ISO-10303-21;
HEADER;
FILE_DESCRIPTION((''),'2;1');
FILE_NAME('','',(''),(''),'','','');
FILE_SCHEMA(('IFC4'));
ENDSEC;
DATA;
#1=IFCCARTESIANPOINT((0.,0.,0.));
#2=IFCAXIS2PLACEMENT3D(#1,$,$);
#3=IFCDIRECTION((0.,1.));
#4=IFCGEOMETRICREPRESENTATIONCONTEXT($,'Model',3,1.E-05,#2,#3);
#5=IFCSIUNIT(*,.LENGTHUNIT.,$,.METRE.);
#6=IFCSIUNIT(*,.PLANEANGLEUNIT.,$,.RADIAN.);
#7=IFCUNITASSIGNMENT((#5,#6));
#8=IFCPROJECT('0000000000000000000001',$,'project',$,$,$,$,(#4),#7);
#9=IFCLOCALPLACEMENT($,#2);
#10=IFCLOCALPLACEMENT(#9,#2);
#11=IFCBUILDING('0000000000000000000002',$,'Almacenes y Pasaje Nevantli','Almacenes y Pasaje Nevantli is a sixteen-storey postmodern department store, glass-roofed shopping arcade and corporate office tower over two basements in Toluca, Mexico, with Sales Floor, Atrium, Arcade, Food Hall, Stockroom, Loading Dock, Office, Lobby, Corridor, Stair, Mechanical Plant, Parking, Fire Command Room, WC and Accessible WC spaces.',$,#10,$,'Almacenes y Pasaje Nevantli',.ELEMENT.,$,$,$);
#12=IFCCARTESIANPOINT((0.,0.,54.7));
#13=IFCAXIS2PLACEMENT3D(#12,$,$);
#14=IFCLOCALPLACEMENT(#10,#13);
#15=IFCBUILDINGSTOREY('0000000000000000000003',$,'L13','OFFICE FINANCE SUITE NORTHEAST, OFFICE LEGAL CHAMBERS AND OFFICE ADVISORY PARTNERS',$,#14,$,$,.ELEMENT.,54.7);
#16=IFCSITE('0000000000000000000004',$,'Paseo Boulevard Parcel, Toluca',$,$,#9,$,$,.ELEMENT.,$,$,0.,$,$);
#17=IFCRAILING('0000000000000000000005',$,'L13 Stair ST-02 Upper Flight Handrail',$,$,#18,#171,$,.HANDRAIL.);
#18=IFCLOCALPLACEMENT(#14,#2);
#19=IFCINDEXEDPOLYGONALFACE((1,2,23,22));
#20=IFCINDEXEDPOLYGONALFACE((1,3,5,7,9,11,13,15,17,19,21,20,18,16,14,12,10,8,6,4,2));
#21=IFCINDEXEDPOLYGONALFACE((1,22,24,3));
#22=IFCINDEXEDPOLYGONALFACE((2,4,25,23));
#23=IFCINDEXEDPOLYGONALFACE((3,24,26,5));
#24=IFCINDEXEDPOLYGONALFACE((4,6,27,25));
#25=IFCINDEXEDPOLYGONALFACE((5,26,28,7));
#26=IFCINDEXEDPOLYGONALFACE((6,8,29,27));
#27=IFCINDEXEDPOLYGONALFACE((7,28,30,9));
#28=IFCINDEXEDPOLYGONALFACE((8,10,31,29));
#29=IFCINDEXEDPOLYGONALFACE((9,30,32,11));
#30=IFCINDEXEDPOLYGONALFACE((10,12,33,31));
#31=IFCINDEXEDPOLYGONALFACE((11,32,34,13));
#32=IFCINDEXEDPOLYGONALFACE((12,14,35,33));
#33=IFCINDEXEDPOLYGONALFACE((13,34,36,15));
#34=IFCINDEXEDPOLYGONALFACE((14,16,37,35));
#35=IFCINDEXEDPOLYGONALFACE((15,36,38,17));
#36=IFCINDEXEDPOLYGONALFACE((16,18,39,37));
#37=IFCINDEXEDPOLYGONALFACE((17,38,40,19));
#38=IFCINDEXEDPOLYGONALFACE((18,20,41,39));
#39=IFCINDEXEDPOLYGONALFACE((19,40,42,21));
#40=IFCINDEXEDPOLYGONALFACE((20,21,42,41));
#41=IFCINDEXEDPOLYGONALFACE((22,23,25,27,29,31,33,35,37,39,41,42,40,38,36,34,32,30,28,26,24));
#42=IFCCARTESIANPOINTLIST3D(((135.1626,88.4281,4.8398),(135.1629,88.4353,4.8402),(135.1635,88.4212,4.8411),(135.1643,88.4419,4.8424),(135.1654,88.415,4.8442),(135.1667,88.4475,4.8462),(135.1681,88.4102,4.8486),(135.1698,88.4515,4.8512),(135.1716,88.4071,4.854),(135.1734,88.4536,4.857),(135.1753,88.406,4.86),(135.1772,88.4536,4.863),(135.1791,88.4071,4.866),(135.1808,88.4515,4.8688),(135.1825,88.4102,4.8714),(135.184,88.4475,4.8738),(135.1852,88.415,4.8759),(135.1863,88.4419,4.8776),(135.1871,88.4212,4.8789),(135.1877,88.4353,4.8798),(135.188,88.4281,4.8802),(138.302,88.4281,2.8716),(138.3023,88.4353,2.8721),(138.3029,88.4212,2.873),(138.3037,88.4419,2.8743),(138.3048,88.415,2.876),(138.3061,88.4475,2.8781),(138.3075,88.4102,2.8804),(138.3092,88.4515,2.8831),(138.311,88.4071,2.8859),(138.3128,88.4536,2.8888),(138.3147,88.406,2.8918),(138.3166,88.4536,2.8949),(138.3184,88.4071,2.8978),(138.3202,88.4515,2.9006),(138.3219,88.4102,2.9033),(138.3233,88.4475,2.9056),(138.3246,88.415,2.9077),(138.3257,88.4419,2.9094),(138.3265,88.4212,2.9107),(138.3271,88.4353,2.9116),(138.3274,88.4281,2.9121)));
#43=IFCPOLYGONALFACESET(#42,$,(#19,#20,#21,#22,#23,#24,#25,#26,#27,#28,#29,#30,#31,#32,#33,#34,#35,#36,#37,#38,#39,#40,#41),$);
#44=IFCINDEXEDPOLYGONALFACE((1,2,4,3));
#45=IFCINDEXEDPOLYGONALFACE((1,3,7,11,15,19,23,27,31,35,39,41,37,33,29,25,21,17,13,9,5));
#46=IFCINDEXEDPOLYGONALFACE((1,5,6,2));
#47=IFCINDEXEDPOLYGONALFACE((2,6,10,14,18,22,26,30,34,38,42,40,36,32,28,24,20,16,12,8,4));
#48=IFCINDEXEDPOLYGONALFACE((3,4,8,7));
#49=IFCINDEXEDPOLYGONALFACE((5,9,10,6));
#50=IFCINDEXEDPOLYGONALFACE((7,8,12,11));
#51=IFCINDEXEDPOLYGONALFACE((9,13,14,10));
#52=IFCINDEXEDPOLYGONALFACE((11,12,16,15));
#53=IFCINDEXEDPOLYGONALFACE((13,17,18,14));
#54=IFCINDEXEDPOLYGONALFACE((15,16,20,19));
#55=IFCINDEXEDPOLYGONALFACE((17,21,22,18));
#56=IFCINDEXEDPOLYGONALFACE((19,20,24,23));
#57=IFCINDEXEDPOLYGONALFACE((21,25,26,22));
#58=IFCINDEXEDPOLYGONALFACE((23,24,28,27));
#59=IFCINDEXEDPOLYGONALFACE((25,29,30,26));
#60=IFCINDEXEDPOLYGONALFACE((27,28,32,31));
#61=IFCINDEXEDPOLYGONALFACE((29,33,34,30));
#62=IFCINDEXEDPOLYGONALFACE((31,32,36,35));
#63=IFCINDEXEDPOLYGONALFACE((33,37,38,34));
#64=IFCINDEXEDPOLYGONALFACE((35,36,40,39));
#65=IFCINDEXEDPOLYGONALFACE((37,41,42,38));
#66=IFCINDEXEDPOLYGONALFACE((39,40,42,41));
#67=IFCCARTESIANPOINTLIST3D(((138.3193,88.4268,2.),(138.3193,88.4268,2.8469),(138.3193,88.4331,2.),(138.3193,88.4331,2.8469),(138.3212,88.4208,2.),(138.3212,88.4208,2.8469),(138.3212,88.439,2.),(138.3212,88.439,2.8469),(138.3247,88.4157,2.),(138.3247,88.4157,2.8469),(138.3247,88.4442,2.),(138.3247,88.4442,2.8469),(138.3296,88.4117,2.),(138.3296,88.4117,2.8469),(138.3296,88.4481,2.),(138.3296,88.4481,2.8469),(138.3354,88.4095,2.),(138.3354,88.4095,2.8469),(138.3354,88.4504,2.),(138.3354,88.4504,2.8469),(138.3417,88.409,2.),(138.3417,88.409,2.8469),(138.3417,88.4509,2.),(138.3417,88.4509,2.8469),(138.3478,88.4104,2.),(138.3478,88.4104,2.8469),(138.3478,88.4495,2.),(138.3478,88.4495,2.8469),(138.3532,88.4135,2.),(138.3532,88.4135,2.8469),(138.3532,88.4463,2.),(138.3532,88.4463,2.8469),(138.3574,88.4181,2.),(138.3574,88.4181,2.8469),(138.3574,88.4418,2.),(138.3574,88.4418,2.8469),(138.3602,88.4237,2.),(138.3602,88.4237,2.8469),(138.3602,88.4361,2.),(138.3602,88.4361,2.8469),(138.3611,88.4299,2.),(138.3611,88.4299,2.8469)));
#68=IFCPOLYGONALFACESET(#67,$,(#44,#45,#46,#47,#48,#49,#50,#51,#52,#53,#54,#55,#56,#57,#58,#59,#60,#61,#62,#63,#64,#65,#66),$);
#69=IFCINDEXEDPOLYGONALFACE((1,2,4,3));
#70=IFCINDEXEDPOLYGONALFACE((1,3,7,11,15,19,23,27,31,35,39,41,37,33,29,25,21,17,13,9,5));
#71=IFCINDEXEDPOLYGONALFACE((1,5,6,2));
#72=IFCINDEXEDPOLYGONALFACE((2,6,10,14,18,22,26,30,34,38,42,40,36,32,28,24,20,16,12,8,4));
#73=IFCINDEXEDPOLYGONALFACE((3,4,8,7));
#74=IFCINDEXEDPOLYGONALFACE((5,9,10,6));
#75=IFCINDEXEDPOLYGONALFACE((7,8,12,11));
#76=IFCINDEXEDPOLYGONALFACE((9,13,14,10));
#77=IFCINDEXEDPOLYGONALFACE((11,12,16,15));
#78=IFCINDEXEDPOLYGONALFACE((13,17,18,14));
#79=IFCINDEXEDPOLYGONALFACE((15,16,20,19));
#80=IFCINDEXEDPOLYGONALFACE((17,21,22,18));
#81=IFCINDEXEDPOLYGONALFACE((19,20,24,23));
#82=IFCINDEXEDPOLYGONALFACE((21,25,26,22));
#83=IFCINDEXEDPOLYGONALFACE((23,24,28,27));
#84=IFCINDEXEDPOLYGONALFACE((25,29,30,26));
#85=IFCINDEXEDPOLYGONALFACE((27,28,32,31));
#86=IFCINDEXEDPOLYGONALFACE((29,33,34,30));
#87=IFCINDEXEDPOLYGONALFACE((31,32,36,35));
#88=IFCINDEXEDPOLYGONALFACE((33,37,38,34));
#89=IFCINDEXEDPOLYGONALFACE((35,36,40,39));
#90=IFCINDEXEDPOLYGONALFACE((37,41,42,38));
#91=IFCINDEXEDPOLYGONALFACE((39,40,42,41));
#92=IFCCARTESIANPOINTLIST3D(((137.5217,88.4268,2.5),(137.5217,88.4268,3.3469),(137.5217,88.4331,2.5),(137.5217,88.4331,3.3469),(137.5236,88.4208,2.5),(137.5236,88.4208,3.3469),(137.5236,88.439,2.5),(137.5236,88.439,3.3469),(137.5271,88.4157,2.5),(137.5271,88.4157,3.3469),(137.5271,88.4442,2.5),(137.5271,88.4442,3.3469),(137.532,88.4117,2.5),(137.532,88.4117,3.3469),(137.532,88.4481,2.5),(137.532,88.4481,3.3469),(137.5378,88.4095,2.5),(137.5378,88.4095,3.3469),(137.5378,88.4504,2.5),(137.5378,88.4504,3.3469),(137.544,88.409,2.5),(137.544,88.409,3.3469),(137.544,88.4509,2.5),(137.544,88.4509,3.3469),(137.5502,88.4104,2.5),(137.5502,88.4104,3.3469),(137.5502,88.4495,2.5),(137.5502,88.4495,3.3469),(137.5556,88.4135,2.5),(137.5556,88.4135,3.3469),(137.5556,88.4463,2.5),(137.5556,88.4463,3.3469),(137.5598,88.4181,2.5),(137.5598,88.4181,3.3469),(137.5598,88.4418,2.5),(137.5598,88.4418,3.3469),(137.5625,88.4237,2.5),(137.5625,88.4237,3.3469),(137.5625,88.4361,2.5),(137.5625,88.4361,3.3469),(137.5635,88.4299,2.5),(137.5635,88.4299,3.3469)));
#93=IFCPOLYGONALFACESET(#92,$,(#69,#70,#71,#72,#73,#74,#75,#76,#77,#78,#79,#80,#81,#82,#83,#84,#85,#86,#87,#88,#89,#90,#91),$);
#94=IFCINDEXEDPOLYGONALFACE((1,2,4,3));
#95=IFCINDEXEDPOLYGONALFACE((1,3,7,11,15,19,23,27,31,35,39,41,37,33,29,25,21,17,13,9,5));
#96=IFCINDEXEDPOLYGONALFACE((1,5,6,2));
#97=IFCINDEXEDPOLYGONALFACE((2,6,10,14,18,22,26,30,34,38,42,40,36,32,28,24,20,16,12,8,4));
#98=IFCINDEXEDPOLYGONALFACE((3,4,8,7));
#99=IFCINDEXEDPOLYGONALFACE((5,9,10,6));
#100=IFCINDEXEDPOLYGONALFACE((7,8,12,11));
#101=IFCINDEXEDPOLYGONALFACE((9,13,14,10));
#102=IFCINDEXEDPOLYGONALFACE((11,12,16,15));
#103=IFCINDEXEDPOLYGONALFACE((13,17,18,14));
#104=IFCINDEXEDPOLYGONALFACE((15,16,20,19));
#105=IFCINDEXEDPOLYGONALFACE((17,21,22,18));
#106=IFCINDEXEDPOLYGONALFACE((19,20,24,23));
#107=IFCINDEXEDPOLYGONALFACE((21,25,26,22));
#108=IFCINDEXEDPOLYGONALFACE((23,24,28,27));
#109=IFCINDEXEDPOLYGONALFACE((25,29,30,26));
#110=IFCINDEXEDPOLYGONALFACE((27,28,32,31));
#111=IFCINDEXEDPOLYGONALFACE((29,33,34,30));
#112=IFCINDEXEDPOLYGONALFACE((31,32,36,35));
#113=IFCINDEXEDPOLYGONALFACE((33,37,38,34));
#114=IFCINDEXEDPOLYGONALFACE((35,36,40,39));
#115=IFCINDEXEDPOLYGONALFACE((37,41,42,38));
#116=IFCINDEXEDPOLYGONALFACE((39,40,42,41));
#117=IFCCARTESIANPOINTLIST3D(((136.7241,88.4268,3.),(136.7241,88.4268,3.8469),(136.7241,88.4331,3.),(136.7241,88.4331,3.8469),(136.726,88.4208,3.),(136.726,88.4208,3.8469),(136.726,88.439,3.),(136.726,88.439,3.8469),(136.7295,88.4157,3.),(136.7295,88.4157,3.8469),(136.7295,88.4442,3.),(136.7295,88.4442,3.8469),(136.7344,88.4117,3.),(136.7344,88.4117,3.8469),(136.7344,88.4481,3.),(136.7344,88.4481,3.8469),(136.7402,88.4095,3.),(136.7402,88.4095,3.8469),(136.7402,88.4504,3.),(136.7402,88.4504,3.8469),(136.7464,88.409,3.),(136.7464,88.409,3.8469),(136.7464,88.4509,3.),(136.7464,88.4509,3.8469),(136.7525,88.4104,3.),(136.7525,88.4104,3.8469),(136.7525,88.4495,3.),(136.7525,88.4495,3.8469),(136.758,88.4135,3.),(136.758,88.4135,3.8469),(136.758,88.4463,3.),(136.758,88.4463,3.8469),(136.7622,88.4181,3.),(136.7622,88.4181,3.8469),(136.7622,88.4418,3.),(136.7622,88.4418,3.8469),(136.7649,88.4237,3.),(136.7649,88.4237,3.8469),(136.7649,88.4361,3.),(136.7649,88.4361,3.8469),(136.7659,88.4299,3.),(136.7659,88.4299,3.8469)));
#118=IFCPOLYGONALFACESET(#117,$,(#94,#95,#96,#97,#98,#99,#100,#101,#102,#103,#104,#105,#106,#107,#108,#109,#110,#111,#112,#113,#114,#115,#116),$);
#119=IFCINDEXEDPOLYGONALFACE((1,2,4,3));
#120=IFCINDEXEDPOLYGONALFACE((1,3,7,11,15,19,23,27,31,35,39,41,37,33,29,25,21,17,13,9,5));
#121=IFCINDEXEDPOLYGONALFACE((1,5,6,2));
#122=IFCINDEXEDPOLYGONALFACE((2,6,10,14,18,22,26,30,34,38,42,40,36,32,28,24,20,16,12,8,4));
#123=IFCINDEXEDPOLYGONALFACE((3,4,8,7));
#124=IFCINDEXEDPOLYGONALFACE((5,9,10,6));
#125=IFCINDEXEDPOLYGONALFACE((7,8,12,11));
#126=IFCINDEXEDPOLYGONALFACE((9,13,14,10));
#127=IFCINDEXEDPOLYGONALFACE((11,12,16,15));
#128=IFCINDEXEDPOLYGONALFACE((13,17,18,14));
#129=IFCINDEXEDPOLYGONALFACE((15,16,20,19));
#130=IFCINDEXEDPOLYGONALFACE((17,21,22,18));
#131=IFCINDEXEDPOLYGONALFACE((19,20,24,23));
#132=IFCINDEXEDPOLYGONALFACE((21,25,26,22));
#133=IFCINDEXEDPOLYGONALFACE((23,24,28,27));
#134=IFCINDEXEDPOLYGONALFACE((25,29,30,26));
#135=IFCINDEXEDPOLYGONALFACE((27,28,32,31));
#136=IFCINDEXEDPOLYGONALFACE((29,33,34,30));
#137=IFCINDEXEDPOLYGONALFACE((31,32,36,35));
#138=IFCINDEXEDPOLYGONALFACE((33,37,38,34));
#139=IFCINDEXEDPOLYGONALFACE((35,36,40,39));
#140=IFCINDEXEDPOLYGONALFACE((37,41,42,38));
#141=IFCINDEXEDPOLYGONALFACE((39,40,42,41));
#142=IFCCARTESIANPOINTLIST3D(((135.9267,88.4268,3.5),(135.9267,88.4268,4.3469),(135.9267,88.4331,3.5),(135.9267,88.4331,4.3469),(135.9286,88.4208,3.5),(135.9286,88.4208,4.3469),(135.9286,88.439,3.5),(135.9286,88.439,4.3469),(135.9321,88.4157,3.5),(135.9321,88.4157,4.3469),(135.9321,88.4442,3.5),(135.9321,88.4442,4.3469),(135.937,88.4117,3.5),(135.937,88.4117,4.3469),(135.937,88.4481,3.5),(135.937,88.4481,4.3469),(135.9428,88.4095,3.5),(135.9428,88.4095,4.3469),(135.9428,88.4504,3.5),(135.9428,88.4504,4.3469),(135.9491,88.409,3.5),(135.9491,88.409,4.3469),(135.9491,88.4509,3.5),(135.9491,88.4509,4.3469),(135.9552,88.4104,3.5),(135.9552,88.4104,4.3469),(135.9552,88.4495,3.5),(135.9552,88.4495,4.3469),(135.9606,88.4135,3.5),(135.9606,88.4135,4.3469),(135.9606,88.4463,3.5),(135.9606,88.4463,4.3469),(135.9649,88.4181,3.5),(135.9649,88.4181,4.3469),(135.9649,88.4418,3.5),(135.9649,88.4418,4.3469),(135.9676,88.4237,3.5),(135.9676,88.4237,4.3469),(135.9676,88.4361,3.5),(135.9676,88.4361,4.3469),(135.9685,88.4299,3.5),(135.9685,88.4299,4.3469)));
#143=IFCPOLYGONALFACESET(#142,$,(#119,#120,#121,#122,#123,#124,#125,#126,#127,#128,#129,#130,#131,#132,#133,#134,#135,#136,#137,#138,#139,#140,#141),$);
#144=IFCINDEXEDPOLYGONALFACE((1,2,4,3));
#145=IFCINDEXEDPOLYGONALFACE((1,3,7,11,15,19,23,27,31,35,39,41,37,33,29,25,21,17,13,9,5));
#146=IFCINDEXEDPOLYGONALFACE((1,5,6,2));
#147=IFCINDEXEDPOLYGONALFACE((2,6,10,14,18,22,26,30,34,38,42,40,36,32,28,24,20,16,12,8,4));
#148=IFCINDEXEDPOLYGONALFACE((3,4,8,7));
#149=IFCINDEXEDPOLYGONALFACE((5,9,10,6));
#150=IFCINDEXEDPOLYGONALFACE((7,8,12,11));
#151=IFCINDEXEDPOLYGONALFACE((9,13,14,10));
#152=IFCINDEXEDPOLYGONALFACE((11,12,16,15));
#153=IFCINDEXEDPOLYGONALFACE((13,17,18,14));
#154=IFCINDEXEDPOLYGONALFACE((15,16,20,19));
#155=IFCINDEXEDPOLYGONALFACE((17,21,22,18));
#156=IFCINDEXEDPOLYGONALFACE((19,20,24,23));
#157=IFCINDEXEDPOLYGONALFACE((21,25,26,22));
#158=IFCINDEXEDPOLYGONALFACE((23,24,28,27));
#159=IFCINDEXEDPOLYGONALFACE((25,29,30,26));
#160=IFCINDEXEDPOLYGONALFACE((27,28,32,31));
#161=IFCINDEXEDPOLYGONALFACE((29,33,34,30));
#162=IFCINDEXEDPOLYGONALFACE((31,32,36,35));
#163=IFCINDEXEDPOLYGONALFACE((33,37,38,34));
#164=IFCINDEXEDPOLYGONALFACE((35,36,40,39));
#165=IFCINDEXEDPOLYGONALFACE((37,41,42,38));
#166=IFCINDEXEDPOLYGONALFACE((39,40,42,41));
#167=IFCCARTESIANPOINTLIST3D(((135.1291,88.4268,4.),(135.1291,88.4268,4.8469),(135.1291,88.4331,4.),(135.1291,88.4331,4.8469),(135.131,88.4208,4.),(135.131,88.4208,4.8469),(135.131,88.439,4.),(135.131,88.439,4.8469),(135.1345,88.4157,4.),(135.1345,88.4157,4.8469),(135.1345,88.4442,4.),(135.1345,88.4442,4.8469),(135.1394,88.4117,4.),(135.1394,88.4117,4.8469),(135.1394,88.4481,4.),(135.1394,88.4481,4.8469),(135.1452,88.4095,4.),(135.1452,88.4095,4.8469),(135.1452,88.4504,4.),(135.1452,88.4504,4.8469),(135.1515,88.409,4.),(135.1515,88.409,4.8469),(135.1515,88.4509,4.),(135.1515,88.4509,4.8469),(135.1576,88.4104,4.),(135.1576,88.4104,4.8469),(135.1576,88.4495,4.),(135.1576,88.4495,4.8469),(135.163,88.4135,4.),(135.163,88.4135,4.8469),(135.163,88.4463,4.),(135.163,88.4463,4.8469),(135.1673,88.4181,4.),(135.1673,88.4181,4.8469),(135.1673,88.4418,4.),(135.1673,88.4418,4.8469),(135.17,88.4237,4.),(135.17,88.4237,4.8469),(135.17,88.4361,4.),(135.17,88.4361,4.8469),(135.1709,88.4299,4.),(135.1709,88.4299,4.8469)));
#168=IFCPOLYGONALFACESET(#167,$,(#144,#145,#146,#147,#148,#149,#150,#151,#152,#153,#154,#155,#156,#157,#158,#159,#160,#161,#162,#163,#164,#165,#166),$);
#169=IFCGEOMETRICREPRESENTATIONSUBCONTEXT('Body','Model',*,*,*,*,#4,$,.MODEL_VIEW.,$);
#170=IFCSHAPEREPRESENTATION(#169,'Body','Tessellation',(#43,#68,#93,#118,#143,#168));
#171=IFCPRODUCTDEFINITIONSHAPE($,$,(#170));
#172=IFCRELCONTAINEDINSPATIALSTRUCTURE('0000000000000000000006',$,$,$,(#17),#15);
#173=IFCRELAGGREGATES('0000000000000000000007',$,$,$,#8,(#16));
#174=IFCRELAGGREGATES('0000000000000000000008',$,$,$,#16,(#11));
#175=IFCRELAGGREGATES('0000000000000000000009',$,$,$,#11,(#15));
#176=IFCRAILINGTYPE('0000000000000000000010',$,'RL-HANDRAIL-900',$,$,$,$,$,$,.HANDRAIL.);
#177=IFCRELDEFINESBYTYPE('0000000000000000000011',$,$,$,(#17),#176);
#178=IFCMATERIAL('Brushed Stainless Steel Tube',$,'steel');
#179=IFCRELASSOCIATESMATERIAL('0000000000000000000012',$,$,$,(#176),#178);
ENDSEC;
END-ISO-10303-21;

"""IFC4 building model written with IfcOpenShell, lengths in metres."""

from ifc_helpers import new_model, si_unit, direction, frame, origin, origin_2d, place, context, subcontext, project, spatial, circle, extrude, material, type_object, element, save


model = new_model("IFC4")

# Units and contexts
model_context = context("Model", 3, precision=1e-05, world=origin(), true_north=direction((0.0, 1.0)))
body_context = subcontext(model_context, "Body", "Model", "MODEL_VIEW")
ifc_project = project(units=[si_unit("LENGTHUNIT", "METRE"), si_unit("PLANEANGLEUNIT", "RADIAN")], contexts=[model_context])

# Site, building, storey
site_placement = place(None, origin())
site = spatial("IfcSite", under=ifc_project, at=site_placement, Name="Paseo Boulevard Parcel, Toluca", CompositionType="ELEMENT", RefElevation=0.0)
building_placement = place(site_placement, origin())
building = spatial("IfcBuilding", under=site, at=building_placement, Name="Almacenes y Pasaje Nevantli", Description="Almacenes y Pasaje Nevantli is a sixteen-storey postmodern department store, glass-roofed shopping arcade and corporate office tower over two basements in Toluca, Mexico, with Sales Floor, Atrium, Arcade, Food Hall, Stockroom, Loading Dock, Office, Lobby, Corridor, Stair, Mechanical Plant, Parking, Fire Command Room, WC and Accessible WC spaces.", LongName="Almacenes y Pasaje Nevantli", CompositionType="ELEMENT")
storey_placement = place(building_placement, frame((0.0, 0.0, 54.7)))
storey = spatial("IfcBuildingStorey", under=building, at=storey_placement, Name="L13", Description="OFFICE FINANCE SUITE NORTHEAST, OFFICE LEGAL CHAMBERS AND OFFICE ADVISORY PARTNERS", CompositionType="ELEMENT", Elevation=54.7)

# Railing
ifc_material_1 = material(Name="Brushed Stainless Steel Tube", Category="steel")
railing_type_1 = type_object("IfcRailingType", Name="RL-HANDRAIL-900", PredefinedType="HANDRAIL", material=ifc_material_1)
railing_1_placement = place(storey_placement, frame((138.3401, 88.4299, 2.0)))
element("IfcRailing", 1, at=railing_1_placement, inside=storey, type_object=railing_type_1, Name="L13 Stair ST-02 Upper Flight Handrail", PredefinedType="HANDRAIL", context=body_context, shape_type="SweptSolid", body=[
    extrude(circle(Radius=0.0239, at=origin_2d()), frame((-0.0254, 0.0, 0.8918), z_axis=(-0.847265, 0.0, 0.53117), x_axis=(0.0, -1.0, 0.0)), (0.0, 0.0, 1.0), 3.7053),
    extrude(circle(Radius=0.021, at=origin_2d()), origin(), (0.0, 0.0, 1.0), 0.8469),
    extrude(circle(Radius=0.021, at=origin_2d()), frame((-0.7976, 0.0, 0.5)), (0.0, 0.0, 1.0), 0.8469),
    extrude(circle(Radius=0.021, at=origin_2d()), frame((-1.5952, 0.0, 1.0)), (0.0, 0.0, 1.0), 0.8469),
    extrude(circle(Radius=0.021, at=origin_2d()), frame((-2.3926, 0.0, 1.5)), (0.0, 0.0, 1.0), 0.8469),
    extrude(circle(Radius=0.021, at=origin_2d()), frame((-3.1902, 0.0, 2.0)), (0.0, 0.0, 1.0), 0.8469),
])

save(model, "model.ifc")
